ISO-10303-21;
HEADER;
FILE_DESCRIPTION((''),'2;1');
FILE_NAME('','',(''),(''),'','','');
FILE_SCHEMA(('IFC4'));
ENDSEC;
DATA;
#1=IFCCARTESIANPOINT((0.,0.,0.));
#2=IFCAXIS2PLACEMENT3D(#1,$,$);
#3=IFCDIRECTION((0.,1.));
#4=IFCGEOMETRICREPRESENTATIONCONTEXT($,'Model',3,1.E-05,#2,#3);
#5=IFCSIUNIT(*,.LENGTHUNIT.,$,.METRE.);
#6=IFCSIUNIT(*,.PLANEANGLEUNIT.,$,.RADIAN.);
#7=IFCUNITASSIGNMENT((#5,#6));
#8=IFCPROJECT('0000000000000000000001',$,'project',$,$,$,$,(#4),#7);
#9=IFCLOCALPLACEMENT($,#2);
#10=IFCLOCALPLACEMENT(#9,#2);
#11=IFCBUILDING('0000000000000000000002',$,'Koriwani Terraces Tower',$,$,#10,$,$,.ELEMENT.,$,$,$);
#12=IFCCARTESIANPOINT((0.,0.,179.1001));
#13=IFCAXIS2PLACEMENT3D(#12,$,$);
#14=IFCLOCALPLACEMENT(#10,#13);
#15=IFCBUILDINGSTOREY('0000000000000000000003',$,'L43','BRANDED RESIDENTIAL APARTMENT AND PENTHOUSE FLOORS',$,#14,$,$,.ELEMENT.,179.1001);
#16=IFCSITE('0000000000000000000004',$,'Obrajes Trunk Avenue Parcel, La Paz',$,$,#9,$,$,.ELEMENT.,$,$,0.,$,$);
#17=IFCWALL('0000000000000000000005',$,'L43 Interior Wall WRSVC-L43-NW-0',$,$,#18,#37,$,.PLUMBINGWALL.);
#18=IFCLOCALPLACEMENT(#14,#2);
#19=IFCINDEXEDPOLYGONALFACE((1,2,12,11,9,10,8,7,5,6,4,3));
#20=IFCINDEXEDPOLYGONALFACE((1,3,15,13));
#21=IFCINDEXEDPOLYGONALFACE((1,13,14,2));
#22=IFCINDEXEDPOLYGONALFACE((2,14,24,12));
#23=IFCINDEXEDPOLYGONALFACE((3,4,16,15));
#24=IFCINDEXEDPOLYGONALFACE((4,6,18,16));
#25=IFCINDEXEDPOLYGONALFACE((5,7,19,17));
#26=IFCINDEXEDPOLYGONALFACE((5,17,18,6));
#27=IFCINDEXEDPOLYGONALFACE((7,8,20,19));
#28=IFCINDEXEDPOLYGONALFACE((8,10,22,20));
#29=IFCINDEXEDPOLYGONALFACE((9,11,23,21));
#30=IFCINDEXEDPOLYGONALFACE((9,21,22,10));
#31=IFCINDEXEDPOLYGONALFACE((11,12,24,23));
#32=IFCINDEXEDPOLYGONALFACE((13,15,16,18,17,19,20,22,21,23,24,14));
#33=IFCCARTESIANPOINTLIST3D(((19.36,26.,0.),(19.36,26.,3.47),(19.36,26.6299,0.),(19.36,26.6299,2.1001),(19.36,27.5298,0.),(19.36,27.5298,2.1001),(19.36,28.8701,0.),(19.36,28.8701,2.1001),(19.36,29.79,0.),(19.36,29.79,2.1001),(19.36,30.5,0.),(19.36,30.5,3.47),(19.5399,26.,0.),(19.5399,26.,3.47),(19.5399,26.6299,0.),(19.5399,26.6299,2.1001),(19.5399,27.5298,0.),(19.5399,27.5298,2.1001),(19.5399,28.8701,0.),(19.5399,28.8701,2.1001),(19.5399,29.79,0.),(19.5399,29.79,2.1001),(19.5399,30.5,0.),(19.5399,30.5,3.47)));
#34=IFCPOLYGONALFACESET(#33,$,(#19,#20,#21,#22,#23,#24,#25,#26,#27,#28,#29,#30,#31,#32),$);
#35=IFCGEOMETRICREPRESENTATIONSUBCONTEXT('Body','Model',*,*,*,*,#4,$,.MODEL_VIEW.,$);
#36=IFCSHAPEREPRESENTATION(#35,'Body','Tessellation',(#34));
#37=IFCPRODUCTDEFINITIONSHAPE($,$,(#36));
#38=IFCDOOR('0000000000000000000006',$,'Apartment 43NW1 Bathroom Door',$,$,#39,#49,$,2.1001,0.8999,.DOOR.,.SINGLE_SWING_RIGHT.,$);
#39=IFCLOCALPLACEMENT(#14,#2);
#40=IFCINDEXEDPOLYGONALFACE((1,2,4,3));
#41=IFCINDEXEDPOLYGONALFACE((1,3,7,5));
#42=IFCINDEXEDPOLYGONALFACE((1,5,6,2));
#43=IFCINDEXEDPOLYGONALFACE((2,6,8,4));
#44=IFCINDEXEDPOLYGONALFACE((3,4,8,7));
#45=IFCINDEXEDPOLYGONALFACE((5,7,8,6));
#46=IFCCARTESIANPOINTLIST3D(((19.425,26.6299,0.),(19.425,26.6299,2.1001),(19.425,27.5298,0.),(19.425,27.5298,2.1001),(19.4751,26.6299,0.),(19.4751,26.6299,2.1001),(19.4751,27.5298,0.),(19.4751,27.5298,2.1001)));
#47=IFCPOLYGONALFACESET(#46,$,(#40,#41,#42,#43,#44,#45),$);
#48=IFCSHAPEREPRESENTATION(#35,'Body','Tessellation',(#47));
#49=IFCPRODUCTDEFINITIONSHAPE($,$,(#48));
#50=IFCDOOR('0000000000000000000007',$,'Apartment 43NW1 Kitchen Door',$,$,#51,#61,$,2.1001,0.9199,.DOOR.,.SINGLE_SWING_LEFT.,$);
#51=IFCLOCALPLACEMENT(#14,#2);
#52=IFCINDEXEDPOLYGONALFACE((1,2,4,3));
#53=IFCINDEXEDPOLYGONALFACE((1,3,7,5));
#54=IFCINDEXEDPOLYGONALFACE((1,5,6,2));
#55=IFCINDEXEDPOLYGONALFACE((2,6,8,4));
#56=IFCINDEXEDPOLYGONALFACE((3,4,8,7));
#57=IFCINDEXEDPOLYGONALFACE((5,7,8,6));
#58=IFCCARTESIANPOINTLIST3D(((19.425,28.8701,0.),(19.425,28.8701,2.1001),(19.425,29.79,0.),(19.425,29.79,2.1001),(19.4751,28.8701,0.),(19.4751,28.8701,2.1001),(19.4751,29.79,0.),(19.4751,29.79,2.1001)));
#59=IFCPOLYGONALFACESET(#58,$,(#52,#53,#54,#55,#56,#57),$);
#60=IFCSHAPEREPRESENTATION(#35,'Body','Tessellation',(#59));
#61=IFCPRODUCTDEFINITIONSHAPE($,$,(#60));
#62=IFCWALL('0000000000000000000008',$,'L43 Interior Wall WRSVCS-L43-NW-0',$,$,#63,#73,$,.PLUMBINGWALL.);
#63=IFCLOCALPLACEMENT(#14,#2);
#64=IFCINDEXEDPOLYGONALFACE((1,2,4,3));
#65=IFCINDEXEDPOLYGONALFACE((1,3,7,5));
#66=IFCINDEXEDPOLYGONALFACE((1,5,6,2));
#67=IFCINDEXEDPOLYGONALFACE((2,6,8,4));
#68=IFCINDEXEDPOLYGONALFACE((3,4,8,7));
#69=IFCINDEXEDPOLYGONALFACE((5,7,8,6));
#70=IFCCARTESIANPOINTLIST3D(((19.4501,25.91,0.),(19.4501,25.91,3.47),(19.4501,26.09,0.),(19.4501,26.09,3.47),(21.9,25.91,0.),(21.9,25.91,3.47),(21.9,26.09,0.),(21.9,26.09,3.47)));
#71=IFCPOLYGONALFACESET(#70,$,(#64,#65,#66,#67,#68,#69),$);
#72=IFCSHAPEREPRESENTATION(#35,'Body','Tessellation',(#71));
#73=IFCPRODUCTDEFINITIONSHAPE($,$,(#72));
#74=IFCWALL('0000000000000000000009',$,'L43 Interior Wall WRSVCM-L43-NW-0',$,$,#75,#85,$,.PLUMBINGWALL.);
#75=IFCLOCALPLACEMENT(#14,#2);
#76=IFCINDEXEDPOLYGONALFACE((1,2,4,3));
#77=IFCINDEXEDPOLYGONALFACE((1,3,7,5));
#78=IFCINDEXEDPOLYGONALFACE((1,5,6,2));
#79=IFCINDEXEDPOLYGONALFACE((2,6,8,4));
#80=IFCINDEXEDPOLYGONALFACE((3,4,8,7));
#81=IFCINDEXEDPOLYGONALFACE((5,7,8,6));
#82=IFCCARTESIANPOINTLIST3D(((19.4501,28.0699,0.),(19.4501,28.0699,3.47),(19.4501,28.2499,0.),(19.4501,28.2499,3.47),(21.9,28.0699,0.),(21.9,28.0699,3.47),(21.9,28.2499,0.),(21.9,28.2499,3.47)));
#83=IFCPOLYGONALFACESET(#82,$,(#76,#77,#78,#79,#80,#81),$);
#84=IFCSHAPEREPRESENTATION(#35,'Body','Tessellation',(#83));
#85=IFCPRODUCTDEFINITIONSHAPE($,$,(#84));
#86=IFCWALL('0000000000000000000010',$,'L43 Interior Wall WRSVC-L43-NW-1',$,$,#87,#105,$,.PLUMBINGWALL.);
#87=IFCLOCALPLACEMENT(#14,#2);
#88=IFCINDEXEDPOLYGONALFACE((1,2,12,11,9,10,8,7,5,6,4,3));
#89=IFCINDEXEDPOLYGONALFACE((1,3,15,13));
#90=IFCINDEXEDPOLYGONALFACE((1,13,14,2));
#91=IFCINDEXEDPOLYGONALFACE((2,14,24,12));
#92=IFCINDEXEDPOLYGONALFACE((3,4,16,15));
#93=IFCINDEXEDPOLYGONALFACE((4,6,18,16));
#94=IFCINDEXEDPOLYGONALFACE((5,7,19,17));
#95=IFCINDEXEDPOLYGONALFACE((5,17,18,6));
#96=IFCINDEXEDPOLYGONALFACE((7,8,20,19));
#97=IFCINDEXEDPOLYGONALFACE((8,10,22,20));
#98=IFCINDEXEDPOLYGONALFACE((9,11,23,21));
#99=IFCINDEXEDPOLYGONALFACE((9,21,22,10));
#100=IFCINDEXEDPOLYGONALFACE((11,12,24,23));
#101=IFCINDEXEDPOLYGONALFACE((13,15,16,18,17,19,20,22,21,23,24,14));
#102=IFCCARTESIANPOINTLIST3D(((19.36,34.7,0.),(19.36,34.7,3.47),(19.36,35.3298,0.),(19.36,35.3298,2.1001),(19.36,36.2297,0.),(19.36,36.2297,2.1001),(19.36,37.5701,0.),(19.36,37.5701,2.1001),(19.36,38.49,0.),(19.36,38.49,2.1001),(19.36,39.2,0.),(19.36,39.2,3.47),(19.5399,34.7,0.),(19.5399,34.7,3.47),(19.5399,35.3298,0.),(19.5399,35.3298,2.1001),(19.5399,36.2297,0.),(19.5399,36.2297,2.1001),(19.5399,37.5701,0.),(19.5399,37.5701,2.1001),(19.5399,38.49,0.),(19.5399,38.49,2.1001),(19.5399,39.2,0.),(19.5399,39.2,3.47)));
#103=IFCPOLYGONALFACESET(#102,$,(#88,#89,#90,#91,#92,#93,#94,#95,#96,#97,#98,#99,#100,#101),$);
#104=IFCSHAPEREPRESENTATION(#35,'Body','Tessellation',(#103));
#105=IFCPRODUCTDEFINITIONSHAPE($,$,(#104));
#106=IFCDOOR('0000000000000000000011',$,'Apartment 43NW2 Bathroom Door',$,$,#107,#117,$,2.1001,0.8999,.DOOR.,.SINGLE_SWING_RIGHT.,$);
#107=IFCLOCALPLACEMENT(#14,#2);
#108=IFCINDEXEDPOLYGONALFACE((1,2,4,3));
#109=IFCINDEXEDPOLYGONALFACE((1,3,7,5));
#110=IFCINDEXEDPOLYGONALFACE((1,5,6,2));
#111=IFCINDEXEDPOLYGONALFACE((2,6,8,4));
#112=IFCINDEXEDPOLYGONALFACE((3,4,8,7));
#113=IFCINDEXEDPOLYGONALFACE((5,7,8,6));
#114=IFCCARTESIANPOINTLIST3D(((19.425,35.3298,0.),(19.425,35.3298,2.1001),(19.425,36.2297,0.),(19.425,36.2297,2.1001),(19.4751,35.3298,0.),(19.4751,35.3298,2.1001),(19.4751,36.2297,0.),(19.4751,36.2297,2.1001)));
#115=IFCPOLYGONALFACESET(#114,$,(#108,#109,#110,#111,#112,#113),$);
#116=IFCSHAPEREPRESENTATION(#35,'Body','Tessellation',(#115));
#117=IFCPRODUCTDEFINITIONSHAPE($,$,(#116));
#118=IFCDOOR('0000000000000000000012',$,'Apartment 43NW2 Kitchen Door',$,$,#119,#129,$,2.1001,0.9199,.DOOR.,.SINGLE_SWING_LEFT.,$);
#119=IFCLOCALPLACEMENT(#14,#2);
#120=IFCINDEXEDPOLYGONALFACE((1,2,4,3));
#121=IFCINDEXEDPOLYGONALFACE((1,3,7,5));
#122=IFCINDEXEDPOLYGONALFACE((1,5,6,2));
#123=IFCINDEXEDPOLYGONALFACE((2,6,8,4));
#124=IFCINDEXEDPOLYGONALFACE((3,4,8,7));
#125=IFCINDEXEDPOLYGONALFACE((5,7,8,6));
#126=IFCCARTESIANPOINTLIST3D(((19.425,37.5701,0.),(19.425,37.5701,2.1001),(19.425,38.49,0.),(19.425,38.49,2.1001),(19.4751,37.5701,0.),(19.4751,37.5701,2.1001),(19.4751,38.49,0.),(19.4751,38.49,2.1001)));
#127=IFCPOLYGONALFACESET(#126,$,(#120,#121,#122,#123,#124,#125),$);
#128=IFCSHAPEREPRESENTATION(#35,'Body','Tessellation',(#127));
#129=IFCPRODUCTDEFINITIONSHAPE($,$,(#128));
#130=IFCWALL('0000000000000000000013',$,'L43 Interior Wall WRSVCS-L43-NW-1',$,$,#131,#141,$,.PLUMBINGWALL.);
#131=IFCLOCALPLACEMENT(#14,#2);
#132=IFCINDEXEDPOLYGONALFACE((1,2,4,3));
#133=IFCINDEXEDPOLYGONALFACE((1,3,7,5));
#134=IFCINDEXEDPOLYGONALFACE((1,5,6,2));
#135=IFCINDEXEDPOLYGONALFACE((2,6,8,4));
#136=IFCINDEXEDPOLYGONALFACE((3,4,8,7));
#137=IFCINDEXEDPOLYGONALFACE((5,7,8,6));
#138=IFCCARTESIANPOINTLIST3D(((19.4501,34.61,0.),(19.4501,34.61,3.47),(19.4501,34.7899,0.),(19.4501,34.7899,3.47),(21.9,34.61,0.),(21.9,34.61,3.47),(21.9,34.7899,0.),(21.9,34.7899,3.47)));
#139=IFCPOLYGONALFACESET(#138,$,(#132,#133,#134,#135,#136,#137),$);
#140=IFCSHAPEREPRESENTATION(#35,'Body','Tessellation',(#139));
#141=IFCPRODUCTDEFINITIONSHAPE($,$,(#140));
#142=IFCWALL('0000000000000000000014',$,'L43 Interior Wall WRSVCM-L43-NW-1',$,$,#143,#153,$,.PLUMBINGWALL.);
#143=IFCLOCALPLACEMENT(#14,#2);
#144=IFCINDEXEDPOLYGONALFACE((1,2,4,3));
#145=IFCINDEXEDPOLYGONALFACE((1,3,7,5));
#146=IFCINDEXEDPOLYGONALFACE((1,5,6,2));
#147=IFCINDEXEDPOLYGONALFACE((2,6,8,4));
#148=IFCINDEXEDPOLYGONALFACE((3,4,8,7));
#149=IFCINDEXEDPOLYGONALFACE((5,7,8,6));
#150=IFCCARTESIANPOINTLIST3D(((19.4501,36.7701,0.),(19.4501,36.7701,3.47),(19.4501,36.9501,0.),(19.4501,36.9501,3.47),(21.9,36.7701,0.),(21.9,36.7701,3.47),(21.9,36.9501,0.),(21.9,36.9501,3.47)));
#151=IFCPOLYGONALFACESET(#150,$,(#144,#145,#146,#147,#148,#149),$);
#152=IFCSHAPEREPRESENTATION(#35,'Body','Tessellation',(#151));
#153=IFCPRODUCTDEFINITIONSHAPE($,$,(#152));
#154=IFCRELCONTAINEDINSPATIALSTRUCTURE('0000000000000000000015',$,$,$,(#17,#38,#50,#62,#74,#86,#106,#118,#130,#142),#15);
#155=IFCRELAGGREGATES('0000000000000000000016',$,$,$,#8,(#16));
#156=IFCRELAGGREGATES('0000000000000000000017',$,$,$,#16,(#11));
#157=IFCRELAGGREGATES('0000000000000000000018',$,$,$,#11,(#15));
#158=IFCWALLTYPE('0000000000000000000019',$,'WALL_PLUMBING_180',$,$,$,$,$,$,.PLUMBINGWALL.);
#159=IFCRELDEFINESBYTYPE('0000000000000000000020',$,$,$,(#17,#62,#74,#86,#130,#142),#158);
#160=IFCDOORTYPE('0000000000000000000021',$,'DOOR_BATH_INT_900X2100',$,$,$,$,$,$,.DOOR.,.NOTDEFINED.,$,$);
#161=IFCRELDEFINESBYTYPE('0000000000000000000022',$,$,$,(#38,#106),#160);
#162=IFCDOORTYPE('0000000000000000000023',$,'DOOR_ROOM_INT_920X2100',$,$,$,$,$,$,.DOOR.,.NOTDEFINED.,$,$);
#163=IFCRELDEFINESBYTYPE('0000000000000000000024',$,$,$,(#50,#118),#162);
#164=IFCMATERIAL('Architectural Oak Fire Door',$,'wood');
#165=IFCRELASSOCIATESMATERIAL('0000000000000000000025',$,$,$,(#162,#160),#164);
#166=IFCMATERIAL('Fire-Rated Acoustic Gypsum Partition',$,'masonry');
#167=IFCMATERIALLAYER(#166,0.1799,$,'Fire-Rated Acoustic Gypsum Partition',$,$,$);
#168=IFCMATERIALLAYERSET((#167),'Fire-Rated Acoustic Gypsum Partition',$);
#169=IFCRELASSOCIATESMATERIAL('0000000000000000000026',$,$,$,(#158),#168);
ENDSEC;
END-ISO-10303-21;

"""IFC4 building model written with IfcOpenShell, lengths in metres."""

from ifc_helpers import new_model, si_unit, direction, frame, frame_2d, origin, place, context, subcontext, project, spatial, rectangle, extrude, material, layer, layer_set, type_object, element, fill, save


model = new_model("IFC4")

# Units and contexts
model_context = context("Model", 3, precision=1e-05, world=origin(), true_north=direction((0.0, 1.0)))
body_context = subcontext(model_context, "Body", "Model", "MODEL_VIEW")
ifc_project = project(units=[si_unit("LENGTHUNIT", "METRE"), si_unit("PLANEANGLEUNIT", "RADIAN")], contexts=[model_context])

# Site, building, storey
site_placement = place(None, origin())
site = spatial("IfcSite", under=ifc_project, at=site_placement, Name="Obrajes Trunk Avenue Parcel, La Paz", CompositionType="ELEMENT", RefElevation=0.0)
building_placement = place(site_placement, origin())
building = spatial("IfcBuilding", under=site, at=building_placement, Name="Koriwani Terraces Tower", CompositionType="ELEMENT")
storey_placement = place(building_placement, frame((0.0, 0.0, 179.1001)))
storey = spatial("IfcBuildingStorey", under=building, at=storey_placement, Name="L43", Description="BRANDED RESIDENTIAL APARTMENT AND PENTHOUSE FLOORS", CompositionType="ELEMENT", Elevation=179.1001)

# Shared definitions
ifc_material_1 = material(Name="Architectural Oak Fire Door", Category="wood")
door_type_1 = type_object("IfcDoorType", Name="DOOR_ROOM_INT_920X2100", OperationType="NOTDEFINED", PredefinedType="DOOR", material=ifc_material_1)

# Wall, openings, doors
ifc_material_2 = material(Name="Fire-Rated Acoustic Gypsum Partition", Category="masonry")
ifc_layer_1 = layer(ifc_material_2, 0.1799, Name="Fire-Rated Acoustic Gypsum Partition")
ifc_layer_set_1 = layer_set([ifc_layer_1], Name="Fire-Rated Acoustic Gypsum Partition")
wall_type_1 = type_object("IfcWallType", Name="WALL_PLUMBING_180", PredefinedType="PLUMBINGWALL", material=ifc_layer_set_1)
wall_1_placement = place(storey_placement, frame((19.45, 26.0, 0.0), z_axis=(0.0, 0.0, 1.0), x_axis=(0.0, 1.0, 0.0)))
wall_1 = element("IfcWall", 1, at=wall_1_placement, inside=storey, type_object=wall_type_1, Name="L43 Interior Wall WRSVC-L43-NW-0", PredefinedType="PLUMBINGWALL", context=body_context, shape_type="SweptSolid", body=[
    extrude(rectangle(XDim=4.5, YDim=0.1799, at=frame_2d((2.25, 0.0))), origin(), (0.0, 0.0, 1.0), 3.47),
])
opening_1_placement = place(wall_1_placement, frame((0.6299, 0.0, 0.0)))
opening_1 = element("IfcOpeningElement", 2, at=opening_1_placement, cuts=wall_1, PredefinedType="OPENING", context=body_context, shape_type="SweptSolid", body=[
    extrude(rectangle(XDim=0.8999, YDim=2.1001, at=frame_2d((0.45, 1.05))), frame((0.0, 0.1001, 0.0), z_axis=(0.0, -1.0, 0.0), x_axis=(1.0, 0.0, 0.0)), (0.0, 0.0, 1.0), 0.2),
])
opening_2_placement = place(wall_1_placement, frame((2.8701, 0.0, 0.0)))
opening_2 = element("IfcOpeningElement", 3, at=opening_2_placement, cuts=wall_1, PredefinedType="OPENING", context=body_context, shape_type="SweptSolid", body=[
    extrude(rectangle(XDim=0.9199, YDim=2.1001, at=frame_2d((0.46, 1.05))), frame((0.0, 0.1001, 0.0), z_axis=(0.0, -1.0, 0.0), x_axis=(1.0, 0.0, 0.0)), (0.0, 0.0, 1.0), 0.2),
])
door_type_2 = type_object("IfcDoorType", Name="DOOR_BATH_INT_900X2100", OperationType="NOTDEFINED", PredefinedType="DOOR", material=ifc_material_1)
door_1_placement = place(opening_1_placement, origin())
door_1 = element("IfcDoor", 4, at=door_1_placement, inside=storey, type_object=door_type_2, Name="Apartment 43NW1 Bathroom Door", OperationType="SINGLE_SWING_RIGHT", OverallHeight=2.1001, OverallWidth=0.8999, PredefinedType="DOOR", context=body_context, shape_type="SweptSolid", body=[
    extrude(rectangle(XDim=0.8999, YDim=2.1001, at=frame_2d((0.45, 1.05))), frame((0.0, 0.0249, 0.0), z_axis=(0.0, -1.0, 0.0), x_axis=(1.0, 0.0, 0.0)), (0.0, 0.0, 1.0), 0.05),
])
fill(opening_1, door_1)
door_2_placement = place(opening_2_placement, origin())
door_2 = element("IfcDoor", 5, at=door_2_placement, inside=storey, type_object=door_type_1, Name="Apartment 43NW1 Kitchen Door", OperationType="SINGLE_SWING_LEFT", OverallHeight=2.1001, OverallWidth=0.9199, PredefinedType="DOOR", context=body_context, shape_type="SweptSolid", body=[
    extrude(rectangle(XDim=0.9199, YDim=2.1001, at=frame_2d((0.46, 1.05))), frame((0.0, 0.0249, 0.0), z_axis=(0.0, -1.0, 0.0), x_axis=(1.0, 0.0, 0.0)), (0.0, 0.0, 1.0), 0.05),
])
fill(opening_2, door_2)

# Walls
for number, where, z_axis, x_axis, name in (
    (6, (19.45, 26.0, 0.0), (0.0, 0.0, 1.0), (1.0, 0.0, 0.0), "L43 Interior Wall WRSVCS-L43-NW-0"),
    (7, (19.45, 28.1599, 0.0), (0.0, 0.0, 1.0), (1.0, 0.0, 0.0), "L43 Interior Wall WRSVCM-L43-NW-0"),
):
    element("IfcWall", number, at=place(storey_placement, frame(where, z_axis=z_axis, x_axis=x_axis)), inside=storey, type_object=wall_type_1, Name=name, PredefinedType="PLUMBINGWALL", context=body_context, shape_type="SweptSolid", body=[
        extrude(rectangle(XDim=2.45, YDim=0.1799, at=frame_2d((1.2251, 0.0))), origin(), (0.0, 0.0, 1.0), 3.47),
    ])

# Wall, openings, doors
wall_2_placement = place(storey_placement, frame((19.45, 34.7, 0.0), z_axis=(0.0, 0.0, 1.0), x_axis=(0.0, 1.0, 0.0)))
wall_2 = element("IfcWall", 8, at=wall_2_placement, inside=storey, type_object=wall_type_1, Name="L43 Interior Wall WRSVC-L43-NW-1", PredefinedType="PLUMBINGWALL", context=body_context, shape_type="SweptSolid", body=[
    extrude(rectangle(XDim=4.5, YDim=0.1799, at=frame_2d((2.25, 0.0))), origin(), (0.0, 0.0, 1.0), 3.47),
])
opening_3_placement = place(wall_2_placement, frame((0.6299, 0.0, 0.0)))
opening_3 = element("IfcOpeningElement", 9, at=opening_3_placement, cuts=wall_2, PredefinedType="OPENING", context=body_context, shape_type="SweptSolid", body=[
    extrude(rectangle(XDim=0.8999, YDim=2.1001, at=frame_2d((0.45, 1.05))), frame((0.0, 0.1001, 0.0), z_axis=(0.0, -1.0, 0.0), x_axis=(1.0, 0.0, 0.0)), (0.0, 0.0, 1.0), 0.2),
])
opening_4_placement = place(wall_2_placement, frame((2.8701, 0.0, 0.0)))
opening_4 = element("IfcOpeningElement", 10, at=opening_4_placement, cuts=wall_2, PredefinedType="OPENING", context=body_context, shape_type="SweptSolid", body=[
    extrude(rectangle(XDim=0.9199, YDim=2.1001, at=frame_2d((0.46, 1.05))), frame((0.0, 0.1001, 0.0), z_axis=(0.0, -1.0, 0.0), x_axis=(1.0, 0.0, 0.0)), (0.0, 0.0, 1.0), 0.2),
])
door_3_placement = place(opening_3_placement, origin())
door_3 = element("IfcDoor", 11, at=door_3_placement, inside=storey, type_object=door_type_2, Name="Apartment 43NW2 Bathroom Door", OperationType="SINGLE_SWING_RIGHT", OverallHeight=2.1001, OverallWidth=0.8999, PredefinedType="DOOR", context=body_context, shape_type="SweptSolid", body=[
    extrude(rectangle(XDim=0.8999, YDim=2.1001, at=frame_2d((0.45, 1.05))), frame((0.0, 0.0249, 0.0), z_axis=(0.0, -1.0, 0.0), x_axis=(1.0, 0.0, 0.0)), (0.0, 0.0, 1.0), 0.05),
])
fill(opening_3, door_3)
door_4_placement = place(opening_4_placement, origin())
door_4 = element("IfcDoor", 12, at=door_4_placement, inside=storey, type_object=door_type_1, Name="Apartment 43NW2 Kitchen Door", OperationType="SINGLE_SWING_LEFT", OverallHeight=2.1001, OverallWidth=0.9199, PredefinedType="DOOR", context=body_context, shape_type="SweptSolid", body=[
    extrude(rectangle(XDim=0.9199, YDim=2.1001, at=frame_2d((0.46, 1.05))), frame((0.0, 0.0249, 0.0), z_axis=(0.0, -1.0, 0.0), x_axis=(1.0, 0.0, 0.0)), (0.0, 0.0, 1.0), 0.05),
])
fill(opening_4, door_4)

# Walls
for number, where, z_axis, x_axis, name in (
    (13, (19.45, 34.7, 0.0), (0.0, 0.0, 1.0), (1.0, 0.0, 0.0), "L43 Interior Wall WRSVCS-L43-NW-1"),
    (14, (19.45, 36.8601, 0.0), (0.0, 0.0, 1.0), (1.0, 0.0, 0.0), "L43 Interior Wall WRSVCM-L43-NW-1"),
):
    element("IfcWall", number, at=place(storey_placement, frame(where, z_axis=z_axis, x_axis=x_axis)), inside=storey, type_object=wall_type_1, Name=name, PredefinedType="PLUMBINGWALL", context=body_context, shape_type="SweptSolid", body=[
        extrude(rectangle(XDim=2.45, YDim=0.1799, at=frame_2d((1.2251, 0.0))), origin(), (0.0, 0.0, 1.0), 3.47),
    ])

save(model, "model.ifc")
